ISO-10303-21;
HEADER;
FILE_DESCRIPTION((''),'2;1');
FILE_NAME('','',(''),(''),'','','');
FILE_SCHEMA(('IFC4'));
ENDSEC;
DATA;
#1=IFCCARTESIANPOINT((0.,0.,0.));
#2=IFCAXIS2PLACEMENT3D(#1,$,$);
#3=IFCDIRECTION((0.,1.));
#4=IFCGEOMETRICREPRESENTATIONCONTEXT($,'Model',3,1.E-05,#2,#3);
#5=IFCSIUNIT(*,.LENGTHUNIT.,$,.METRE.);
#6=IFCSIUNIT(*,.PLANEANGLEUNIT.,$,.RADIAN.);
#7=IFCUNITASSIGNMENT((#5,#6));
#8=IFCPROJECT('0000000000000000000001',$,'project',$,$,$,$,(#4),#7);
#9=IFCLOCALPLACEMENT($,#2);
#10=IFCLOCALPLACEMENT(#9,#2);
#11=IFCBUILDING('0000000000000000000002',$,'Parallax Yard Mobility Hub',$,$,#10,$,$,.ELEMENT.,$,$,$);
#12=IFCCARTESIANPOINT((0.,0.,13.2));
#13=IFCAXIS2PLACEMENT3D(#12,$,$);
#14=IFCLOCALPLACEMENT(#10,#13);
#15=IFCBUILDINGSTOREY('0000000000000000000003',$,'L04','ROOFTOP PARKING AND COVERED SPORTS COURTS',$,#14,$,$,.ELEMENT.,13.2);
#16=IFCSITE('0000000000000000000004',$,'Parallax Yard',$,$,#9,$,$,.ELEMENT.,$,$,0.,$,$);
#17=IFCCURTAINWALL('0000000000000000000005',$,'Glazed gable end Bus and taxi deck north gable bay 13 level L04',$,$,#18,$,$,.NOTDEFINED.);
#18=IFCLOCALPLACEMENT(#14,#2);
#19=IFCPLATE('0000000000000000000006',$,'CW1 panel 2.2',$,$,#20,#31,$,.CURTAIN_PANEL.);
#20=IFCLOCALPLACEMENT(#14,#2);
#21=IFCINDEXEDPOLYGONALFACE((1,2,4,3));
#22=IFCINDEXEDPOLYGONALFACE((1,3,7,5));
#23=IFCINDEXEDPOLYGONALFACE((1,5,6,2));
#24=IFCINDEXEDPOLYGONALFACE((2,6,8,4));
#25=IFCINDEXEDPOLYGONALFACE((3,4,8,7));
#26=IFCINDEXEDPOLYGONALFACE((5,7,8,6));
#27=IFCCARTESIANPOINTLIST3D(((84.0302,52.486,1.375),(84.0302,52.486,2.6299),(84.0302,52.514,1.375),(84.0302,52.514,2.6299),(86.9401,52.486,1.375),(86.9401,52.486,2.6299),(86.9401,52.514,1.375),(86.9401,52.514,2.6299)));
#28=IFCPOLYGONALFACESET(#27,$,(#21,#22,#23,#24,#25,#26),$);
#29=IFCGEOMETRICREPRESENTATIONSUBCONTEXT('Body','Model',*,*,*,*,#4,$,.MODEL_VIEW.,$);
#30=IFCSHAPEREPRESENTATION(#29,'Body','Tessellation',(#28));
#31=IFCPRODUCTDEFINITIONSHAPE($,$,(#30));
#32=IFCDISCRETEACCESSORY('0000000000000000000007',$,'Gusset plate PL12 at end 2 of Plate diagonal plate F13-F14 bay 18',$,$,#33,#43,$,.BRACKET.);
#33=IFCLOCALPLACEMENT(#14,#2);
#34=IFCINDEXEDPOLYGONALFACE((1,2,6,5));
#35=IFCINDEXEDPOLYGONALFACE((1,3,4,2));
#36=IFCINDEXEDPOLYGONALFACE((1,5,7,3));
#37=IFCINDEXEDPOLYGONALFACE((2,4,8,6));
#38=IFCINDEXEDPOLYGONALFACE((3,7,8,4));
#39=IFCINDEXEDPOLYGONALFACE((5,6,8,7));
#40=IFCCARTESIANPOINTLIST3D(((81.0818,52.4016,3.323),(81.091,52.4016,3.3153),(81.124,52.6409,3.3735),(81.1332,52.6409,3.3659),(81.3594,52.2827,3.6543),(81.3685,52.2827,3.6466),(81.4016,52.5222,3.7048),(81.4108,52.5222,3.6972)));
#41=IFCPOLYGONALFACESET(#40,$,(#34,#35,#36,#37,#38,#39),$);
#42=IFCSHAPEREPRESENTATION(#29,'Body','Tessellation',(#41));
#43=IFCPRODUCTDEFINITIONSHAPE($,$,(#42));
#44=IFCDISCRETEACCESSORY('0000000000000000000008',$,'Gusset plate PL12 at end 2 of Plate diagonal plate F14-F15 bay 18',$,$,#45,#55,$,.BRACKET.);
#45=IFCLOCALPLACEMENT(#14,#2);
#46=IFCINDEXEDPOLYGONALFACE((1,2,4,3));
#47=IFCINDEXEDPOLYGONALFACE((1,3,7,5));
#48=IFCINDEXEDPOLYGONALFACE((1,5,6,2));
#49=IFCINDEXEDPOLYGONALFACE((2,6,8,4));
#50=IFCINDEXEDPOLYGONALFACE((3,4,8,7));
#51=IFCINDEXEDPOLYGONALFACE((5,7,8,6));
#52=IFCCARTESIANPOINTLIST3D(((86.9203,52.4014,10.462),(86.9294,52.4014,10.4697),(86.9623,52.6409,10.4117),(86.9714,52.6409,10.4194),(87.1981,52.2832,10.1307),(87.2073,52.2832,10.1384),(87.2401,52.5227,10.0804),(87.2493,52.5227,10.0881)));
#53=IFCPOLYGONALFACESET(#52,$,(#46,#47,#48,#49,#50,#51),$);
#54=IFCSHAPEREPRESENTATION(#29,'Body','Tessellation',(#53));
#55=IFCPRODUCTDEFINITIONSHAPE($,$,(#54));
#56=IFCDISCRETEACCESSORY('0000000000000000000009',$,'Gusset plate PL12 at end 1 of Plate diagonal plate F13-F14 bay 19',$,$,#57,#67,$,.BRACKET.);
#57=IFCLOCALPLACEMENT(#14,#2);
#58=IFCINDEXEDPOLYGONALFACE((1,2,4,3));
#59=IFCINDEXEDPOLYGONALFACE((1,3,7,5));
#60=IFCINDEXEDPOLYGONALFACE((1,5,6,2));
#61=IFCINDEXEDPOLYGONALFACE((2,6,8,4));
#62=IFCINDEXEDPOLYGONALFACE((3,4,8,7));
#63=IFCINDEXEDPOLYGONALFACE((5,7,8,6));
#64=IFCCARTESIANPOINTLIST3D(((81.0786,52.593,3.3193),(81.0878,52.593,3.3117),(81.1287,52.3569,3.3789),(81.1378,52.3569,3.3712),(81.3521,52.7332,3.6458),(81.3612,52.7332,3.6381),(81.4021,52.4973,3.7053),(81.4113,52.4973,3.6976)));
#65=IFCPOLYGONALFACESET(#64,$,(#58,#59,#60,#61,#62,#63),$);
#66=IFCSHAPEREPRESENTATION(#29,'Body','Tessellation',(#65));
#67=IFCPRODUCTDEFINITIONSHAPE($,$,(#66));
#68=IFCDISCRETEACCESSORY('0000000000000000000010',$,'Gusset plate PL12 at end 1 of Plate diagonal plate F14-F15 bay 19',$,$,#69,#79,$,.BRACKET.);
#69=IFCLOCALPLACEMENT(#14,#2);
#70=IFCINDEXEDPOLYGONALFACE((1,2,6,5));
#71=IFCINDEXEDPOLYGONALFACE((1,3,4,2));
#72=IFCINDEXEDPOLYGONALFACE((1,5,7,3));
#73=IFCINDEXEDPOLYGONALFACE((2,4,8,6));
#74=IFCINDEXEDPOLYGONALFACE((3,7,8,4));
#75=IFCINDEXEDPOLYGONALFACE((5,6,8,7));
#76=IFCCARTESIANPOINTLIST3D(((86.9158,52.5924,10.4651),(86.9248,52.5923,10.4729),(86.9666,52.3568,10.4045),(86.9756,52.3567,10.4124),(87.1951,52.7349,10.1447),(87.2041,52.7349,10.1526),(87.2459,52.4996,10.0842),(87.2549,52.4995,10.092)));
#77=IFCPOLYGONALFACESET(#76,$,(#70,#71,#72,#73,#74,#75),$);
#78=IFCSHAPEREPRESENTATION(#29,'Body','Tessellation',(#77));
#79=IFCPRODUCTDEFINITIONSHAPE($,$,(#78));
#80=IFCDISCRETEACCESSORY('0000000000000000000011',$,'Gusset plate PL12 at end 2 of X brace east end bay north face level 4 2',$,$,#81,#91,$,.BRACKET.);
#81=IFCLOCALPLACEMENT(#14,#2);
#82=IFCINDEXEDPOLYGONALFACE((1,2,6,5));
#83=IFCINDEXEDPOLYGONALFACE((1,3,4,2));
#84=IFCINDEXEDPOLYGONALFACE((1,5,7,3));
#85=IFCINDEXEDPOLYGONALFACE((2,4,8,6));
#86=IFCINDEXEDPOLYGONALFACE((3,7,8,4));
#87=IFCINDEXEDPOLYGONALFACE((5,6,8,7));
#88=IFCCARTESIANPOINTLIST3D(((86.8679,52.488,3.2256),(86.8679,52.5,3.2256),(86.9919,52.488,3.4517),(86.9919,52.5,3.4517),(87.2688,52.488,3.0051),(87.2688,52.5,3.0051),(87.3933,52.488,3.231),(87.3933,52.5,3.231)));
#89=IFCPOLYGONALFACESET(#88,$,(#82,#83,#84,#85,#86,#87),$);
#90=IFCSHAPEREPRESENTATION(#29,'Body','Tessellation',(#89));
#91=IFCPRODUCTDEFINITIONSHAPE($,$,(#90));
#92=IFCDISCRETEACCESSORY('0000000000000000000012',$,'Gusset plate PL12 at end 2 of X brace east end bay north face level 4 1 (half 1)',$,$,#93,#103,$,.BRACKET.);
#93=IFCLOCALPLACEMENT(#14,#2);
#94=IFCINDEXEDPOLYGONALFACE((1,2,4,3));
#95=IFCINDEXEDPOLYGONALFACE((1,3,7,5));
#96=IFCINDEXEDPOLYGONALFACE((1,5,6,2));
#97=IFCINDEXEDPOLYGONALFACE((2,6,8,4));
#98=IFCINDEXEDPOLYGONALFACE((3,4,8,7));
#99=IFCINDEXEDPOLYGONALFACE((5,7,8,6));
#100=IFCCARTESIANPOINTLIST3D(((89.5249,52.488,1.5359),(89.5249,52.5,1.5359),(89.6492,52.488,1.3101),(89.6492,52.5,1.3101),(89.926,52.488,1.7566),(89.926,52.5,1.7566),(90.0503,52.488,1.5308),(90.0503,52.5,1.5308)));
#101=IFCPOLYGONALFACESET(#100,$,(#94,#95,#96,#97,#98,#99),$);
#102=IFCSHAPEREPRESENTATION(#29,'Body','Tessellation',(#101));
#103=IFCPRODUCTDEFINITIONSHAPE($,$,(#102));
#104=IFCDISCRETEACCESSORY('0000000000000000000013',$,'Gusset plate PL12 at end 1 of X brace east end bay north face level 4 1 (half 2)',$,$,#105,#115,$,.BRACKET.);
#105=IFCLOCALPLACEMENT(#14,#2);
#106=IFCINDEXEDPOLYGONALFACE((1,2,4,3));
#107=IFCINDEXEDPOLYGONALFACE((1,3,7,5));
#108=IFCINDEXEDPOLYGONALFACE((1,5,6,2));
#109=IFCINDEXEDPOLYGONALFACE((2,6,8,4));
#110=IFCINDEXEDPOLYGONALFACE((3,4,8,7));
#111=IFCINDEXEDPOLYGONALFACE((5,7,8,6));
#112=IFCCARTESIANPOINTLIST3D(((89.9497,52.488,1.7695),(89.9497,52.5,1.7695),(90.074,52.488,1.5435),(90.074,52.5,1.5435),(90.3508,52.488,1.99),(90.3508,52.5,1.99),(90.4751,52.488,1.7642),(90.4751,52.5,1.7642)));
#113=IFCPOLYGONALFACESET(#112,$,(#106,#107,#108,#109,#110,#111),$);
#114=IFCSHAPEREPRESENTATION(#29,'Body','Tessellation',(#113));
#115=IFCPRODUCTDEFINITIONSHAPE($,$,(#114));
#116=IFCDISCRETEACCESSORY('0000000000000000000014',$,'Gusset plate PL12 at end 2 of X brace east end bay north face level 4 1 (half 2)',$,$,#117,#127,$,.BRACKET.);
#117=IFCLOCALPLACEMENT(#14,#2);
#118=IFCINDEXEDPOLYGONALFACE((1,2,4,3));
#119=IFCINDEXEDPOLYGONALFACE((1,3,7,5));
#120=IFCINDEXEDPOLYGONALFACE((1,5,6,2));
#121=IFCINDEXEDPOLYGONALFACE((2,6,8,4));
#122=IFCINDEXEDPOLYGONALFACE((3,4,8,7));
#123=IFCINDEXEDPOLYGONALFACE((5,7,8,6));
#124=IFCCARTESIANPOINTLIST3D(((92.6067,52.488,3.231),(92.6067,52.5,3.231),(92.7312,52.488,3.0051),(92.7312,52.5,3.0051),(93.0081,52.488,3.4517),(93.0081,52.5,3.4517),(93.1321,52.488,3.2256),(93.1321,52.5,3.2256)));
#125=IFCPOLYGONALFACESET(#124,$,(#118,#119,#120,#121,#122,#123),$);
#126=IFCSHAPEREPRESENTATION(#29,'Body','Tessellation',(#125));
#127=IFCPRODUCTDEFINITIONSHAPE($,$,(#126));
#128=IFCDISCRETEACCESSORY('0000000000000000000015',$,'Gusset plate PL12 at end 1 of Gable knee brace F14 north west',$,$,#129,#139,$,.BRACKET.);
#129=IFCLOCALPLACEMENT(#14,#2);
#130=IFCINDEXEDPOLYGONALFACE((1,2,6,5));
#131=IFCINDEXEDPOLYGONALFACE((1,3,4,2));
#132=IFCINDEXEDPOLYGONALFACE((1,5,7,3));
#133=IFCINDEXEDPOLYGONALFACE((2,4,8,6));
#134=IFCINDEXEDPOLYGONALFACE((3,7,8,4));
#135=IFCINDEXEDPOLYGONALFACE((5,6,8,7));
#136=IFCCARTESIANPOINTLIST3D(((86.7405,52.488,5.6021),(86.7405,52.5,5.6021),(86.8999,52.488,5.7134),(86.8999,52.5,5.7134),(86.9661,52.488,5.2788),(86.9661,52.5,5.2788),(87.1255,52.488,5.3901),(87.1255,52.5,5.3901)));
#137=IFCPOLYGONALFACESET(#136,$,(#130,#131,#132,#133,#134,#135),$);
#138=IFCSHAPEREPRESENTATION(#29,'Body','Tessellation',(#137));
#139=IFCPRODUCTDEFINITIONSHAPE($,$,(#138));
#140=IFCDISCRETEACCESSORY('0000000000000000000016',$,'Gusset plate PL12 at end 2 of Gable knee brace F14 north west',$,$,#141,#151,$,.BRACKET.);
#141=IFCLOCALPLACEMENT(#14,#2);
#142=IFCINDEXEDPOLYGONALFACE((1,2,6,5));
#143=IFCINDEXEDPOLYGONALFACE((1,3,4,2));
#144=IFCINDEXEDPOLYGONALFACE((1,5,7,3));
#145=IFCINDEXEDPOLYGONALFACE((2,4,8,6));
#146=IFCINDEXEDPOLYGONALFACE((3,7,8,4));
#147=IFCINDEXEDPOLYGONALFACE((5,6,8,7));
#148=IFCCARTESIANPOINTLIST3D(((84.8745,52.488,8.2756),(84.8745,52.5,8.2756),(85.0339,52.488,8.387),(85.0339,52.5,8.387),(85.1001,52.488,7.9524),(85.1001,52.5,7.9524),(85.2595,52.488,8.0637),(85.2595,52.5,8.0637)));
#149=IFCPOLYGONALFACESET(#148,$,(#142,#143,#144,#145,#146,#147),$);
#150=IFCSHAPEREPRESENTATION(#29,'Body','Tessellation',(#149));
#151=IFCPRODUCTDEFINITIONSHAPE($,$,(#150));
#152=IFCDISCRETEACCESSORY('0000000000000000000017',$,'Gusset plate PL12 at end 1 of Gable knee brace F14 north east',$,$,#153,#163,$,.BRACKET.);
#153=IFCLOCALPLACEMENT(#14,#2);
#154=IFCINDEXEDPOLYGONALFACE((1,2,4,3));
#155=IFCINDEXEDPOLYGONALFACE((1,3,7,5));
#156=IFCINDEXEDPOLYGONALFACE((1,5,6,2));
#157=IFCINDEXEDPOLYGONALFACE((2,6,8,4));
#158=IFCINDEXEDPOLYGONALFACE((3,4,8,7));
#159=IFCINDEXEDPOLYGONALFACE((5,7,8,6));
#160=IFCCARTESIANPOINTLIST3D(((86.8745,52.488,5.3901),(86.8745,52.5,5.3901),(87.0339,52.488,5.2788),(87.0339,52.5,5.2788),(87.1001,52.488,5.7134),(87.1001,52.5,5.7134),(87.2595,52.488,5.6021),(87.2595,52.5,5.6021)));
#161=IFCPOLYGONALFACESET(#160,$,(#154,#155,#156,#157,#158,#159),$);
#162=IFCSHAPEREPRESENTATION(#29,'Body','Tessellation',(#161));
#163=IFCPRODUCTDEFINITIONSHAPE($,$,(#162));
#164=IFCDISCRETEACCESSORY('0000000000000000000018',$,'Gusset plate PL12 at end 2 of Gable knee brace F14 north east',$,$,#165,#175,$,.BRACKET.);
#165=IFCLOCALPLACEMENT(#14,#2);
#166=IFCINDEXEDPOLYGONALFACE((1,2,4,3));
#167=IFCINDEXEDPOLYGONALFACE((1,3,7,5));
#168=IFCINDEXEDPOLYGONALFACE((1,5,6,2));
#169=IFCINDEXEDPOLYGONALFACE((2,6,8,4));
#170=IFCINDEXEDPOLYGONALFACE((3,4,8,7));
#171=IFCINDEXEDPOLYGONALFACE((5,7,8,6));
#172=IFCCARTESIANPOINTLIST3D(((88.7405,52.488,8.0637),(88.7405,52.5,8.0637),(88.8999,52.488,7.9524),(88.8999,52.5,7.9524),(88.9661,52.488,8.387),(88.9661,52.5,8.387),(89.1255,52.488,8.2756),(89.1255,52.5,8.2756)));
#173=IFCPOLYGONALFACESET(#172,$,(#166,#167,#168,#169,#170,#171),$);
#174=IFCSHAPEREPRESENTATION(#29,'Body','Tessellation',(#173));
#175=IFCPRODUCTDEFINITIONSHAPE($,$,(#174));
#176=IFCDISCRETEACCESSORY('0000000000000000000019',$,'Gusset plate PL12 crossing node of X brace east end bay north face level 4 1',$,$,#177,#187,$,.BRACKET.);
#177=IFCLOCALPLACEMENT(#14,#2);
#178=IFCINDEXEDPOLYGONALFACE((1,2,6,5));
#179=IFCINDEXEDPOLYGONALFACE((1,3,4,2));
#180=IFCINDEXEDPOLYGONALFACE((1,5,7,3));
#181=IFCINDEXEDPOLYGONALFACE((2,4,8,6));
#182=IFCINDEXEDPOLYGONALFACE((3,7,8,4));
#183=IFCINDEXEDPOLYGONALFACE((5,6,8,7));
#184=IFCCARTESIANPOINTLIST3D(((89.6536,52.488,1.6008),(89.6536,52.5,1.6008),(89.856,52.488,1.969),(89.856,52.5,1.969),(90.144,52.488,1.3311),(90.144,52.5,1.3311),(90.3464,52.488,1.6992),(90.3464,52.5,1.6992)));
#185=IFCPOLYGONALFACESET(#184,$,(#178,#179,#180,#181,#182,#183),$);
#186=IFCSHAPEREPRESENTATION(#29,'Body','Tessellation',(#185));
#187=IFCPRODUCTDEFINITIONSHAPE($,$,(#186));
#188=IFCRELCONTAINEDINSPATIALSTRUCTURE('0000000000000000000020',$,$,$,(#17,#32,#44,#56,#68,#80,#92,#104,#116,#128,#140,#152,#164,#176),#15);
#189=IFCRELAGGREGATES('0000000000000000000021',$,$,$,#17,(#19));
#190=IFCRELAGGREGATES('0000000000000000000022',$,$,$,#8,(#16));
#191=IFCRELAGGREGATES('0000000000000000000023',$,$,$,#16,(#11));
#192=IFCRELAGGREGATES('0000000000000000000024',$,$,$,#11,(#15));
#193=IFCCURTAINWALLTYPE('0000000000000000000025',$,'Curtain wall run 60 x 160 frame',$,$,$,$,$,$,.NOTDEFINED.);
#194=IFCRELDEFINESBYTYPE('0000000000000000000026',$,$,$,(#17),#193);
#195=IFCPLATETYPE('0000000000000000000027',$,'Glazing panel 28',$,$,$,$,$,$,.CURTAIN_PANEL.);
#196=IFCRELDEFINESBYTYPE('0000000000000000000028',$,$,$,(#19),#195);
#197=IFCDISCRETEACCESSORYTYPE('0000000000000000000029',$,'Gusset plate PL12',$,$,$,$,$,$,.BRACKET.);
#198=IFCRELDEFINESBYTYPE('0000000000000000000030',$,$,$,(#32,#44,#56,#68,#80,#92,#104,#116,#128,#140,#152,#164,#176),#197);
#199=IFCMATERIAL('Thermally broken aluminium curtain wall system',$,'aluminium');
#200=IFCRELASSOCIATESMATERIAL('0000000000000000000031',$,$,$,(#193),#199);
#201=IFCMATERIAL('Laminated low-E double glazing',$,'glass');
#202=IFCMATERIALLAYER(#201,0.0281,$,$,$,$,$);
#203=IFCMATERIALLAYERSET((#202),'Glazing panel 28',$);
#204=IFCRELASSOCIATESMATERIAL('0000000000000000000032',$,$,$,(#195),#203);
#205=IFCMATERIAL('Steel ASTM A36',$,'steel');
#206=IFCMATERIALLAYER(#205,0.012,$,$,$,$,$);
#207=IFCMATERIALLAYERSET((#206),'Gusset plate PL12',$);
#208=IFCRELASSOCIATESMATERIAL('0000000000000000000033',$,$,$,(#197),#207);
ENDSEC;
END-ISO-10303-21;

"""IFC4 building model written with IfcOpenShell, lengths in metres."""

from ifc_helpers import new_model, si_unit, direction, frame, origin, origin_2d, place, context, subcontext, project, spatial, polyline, rectangle, outline, extrude, material, layer, layer_set, type_object, element, aggregate, save


model = new_model("IFC4")

# Units and contexts
model_context = context("Model", 3, precision=1e-05, world=origin(), true_north=direction((0.0, 1.0)))
body_context = subcontext(model_context, "Body", "Model", "MODEL_VIEW")
ifc_project = project(units=[si_unit("LENGTHUNIT", "METRE"), si_unit("PLANEANGLEUNIT", "RADIAN")], contexts=[model_context])

# Site, building, storey
site_placement = place(None, origin())
site = spatial("IfcSite", under=ifc_project, at=site_placement, Name="Parallax Yard", CompositionType="ELEMENT", RefElevation=0.0)
building_placement = place(site_placement, origin())
building = spatial("IfcBuilding", under=site, at=building_placement, Name="Parallax Yard Mobility Hub", CompositionType="ELEMENT")
storey_placement = place(building_placement, frame((0.0, 0.0, 13.2)))
storey = spatial("IfcBuildingStorey", under=building, at=storey_placement, Name="L04", Description="ROOFTOP PARKING AND COVERED SPORTS COURTS", CompositionType="ELEMENT", Elevation=13.2)

# Curtain wall
ifc_material_1 = material(Name="Thermally broken aluminium curtain wall system", Category="aluminium")
curtain_wall_type = type_object("IfcCurtainWallType", Name="Curtain wall run 60 x 160 frame", PredefinedType="NOTDEFINED", material=ifc_material_1)
curtain_wall_placement = place(storey_placement, origin())
curtain_wall = element("IfcCurtainWall", 1, at=curtain_wall_placement, inside=storey, type_object=curtain_wall_type, Name="Glazed gable end Bus and taxi deck north gable bay 13 level L04", PredefinedType="NOTDEFINED")

# Plate
ifc_material_2 = material(Name="Laminated low-E double glazing", Category="glass")
ifc_layer_1 = layer(ifc_material_2, 0.0281)
ifc_layer_set_1 = layer_set([ifc_layer_1], Name="Glazing panel 28")
plate_type = type_object("IfcPlateType", Name="Glazing panel 28", PredefinedType="CURTAIN_PANEL", material=ifc_layer_set_1)
plate_1_placement = place(storey_placement, frame((85.4851, 52.5, 1.375), z_axis=(0.0, 0.0, 1.0), x_axis=(1.0, 0.0, 0.0)))
plate_1 = element("IfcPlate", 2, at=plate_1_placement, type_object=plate_type, Name="CW1 panel 2.2", PredefinedType="CURTAIN_PANEL", context=body_context, shape_type="SweptSolid", body=[
    extrude(rectangle(XDim=2.9099, YDim=0.0281, at=origin_2d()), origin(), (0.0, 0.0, 1.0), 1.2549),
])
aggregate(curtain_wall, [plate_1])

# Discrete accessories
ifc_material_3 = material(Name="Steel ASTM A36", Category="steel")
ifc_layer_2 = layer(ifc_material_3, 0.012)
ifc_layer_set_2 = layer_set([ifc_layer_2], Name="Gusset plate PL12")
discrete_accessory_type = type_object("IfcDiscreteAccessoryType", Name="Gusset plate PL12", PredefinedType="BRACKET", material=ifc_layer_set_2)
discrete_accessory_1_placement = place(storey_placement, frame((81.4016, 52.5222, 3.7048), z_axis=(-0.766562, -0.00032, 0.64217), x_axis=(-0.619325, 0.264725, -0.73916)))
element("IfcDiscreteAccessory", 3, at=discrete_accessory_1_placement, inside=storey, type_object=discrete_accessory_type, Name="Gusset plate PL12 at end 2 of Plate diagonal plate F13-F14 bay 18", PredefinedType="BRACKET", context=body_context, shape_type="SweptSolid", body=[
    extrude(outline(polyline([(0.0, 0.0), (0.4482, 0.0), (0.4484, 0.2482), (0.0001, 0.2484), (0.0, 0.0)])), origin(), (0.0, 0.0, -1.0), 0.012),
])
discrete_accessory_2_placement = place(storey_placement, frame((87.2493, 52.5227, 10.0881), z_axis=(0.766324, 0.000548, 0.642455), x_axis=(-0.619839, 0.263622, 0.739123)))
element("IfcDiscreteAccessory", 4, at=discrete_accessory_2_placement, inside=storey, type_object=discrete_accessory_type, Name="Gusset plate PL12 at end 2 of Plate diagonal plate F14-F15 bay 18", PredefinedType="BRACKET", context=body_context, shape_type="SweptSolid", body=[
    extrude(outline(polyline([(0.0, 0.0), (0.4482, 0.0), (0.4483, 0.2483), (0.0001, 0.2483), (0.0, 0.0)])), origin(), (0.0, 0.0, -1.0), 0.012),
])
discrete_accessory_3_placement = place(storey_placement, frame((81.3521, 52.7332, 3.6458), z_axis=(-0.766483, -0.000431, 0.642265), x_axis=(-0.609972, -0.312611, -0.728154)))
element("IfcDiscreteAccessory", 5, at=discrete_accessory_3_placement, inside=storey, type_object=discrete_accessory_type, Name="Gusset plate PL12 at end 1 of Plate diagonal plate F13-F14 bay 19", PredefinedType="BRACKET", context=body_context, shape_type="SweptSolid", body=[
    extrude(outline(polyline([(0.0, 0.0), (0.4483, 0.0), (0.4482, 0.2486), (-0.0002, 0.2483), (0.0, 0.0)])), origin(), (0.0, 0.0, -1.0), 0.012),
])
discrete_accessory_4_placement = place(storey_placement, frame((87.2041, 52.7349, 10.1526), z_axis=(0.754978, -0.00579, 0.655725), x_axis=(-0.62307, -0.318071, 0.714573)))
element("IfcDiscreteAccessory", 6, at=discrete_accessory_4_placement, inside=storey, type_object=discrete_accessory_type, Name="Gusset plate PL12 at end 1 of Plate diagonal plate F14-F15 bay 19", PredefinedType="BRACKET", context=body_context, shape_type="SweptSolid", body=[
    extrude(outline(polyline([(0.0, 0.0), (0.4483, 0.0), (0.4483, 0.2485), (0.0, 0.2483), (0.0, 0.0)])), origin(), (0.0, 0.0, -1.0), 0.012),
])
discrete_accessory_5_placement = place(storey_placement, frame((87.2688, 52.5, 3.0051), z_axis=(0.0, 1.0, 0.0), x_axis=(-0.876238, 0.0, 0.481878)))
element("IfcDiscreteAccessory", 7, at=discrete_accessory_5_placement, inside=storey, type_object=discrete_accessory_type, Name="Gusset plate PL12 at end 2 of X brace east end bay north face level 4 2", PredefinedType="BRACKET", context=body_context, shape_type="SweptSolid", body=[
    extrude(outline(polyline([(0.0, 0.0), (0.4575, 0.0), (0.4578, 0.2579), (-0.0003, 0.2579), (0.0, 0.0)])), origin(), (0.0, 0.0, -1.0), 0.012),
])
discrete_accessory_6_placement = place(storey_placement, frame((89.5249, 52.5, 1.5359), z_axis=(0.0, 1.0, 0.0), x_axis=(0.876137, 0.0, 0.482062)))
element("IfcDiscreteAccessory", 8, at=discrete_accessory_6_placement, inside=storey, type_object=discrete_accessory_type, Name="Gusset plate PL12 at end 2 of X brace east end bay north face level 4 1 (half 1)", PredefinedType="BRACKET", context=body_context, shape_type="SweptSolid", body=[
    extrude(outline(polyline([(0.0, 0.0), (0.4578, 0.0), (0.4578, 0.2578), (0.0, 0.2578), (0.0, 0.0)])), origin(), (0.0, 0.0, -1.0), 0.012),
])
discrete_accessory_7_placement = place(storey_placement, frame((90.4751, 52.5, 1.7642), z_axis=(0.0, 1.0, 0.0), x_axis=(-0.876137, 0.0, -0.482062)))
element("IfcDiscreteAccessory", 9, at=discrete_accessory_7_placement, inside=storey, type_object=discrete_accessory_type, Name="Gusset plate PL12 at end 1 of X brace east end bay north face level 4 1 (half 2)", PredefinedType="BRACKET", context=body_context, shape_type="SweptSolid", body=[
    extrude(outline(polyline([(0.0, 0.0), (0.4578, 0.0), (0.4577, 0.258), (0.0, 0.2578), (0.0, 0.0)])), origin(), (0.0, 0.0, -1.0), 0.012),
])
discrete_accessory_8_placement = place(storey_placement, frame((92.6067, 52.5, 3.231), z_axis=(0.0, 1.0, 0.0), x_axis=(0.876261, 0.0, 0.481837)))
element("IfcDiscreteAccessory", 10, at=discrete_accessory_8_placement, inside=storey, type_object=discrete_accessory_type, Name="Gusset plate PL12 at end 2 of X brace east end bay north face level 4 1 (half 2)", PredefinedType="BRACKET", context=body_context, shape_type="SweptSolid", body=[
    extrude(outline(polyline([(0.0, 0.0), (0.458, 0.0), (0.4578, 0.2579), (0.0003, 0.2579), (0.0, 0.0)])), origin(), (0.0, 0.0, -1.0), 0.012),
])
for number, where, z_axis, x_axis, name in (
    (11, (86.8999, 52.5, 5.7134), (0.0, 1.0, 0.0), (0.572298, 0.0, -0.820046), "Gusset plate PL12 at end 1 of Gable knee brace F14 north west"),
    (12, (85.1001, 52.5, 7.9524), (0.0, 1.0, 0.0), (-0.572298, 0.0, 0.820046), "Gusset plate PL12 at end 2 of Gable knee brace F14 north west"),
):
    element("IfcDiscreteAccessory", number, at=place(storey_placement, frame(where, z_axis=z_axis, x_axis=x_axis)), inside=storey, type_object=discrete_accessory_type, Name=name, PredefinedType="BRACKET", context=body_context, shape_type="SweptSolid", body=[
        extrude(outline(polyline([(0.0, 0.0), (0.3942, 0.0), (0.3942, 0.1944), (0.0001, 0.1944), (0.0, 0.0)])), origin(), (0.0, 0.0, -1.0), 0.012),
    ])
for number, where, z_axis, x_axis, name in (
    (13, (87.2595, 52.5, 5.6021), (0.0, 1.0, 0.0), (-0.572298, 0.0, -0.820046), "Gusset plate PL12 at end 1 of Gable knee brace F14 north east"),
    (14, (88.7405, 52.5, 8.0637), (0.0, 1.0, 0.0), (0.572298, 0.0, 0.820046), "Gusset plate PL12 at end 2 of Gable knee brace F14 north east"),
):
    element("IfcDiscreteAccessory", number, at=place(storey_placement, frame(where, z_axis=z_axis, x_axis=x_axis)), inside=storey, type_object=discrete_accessory_type, Name=name, PredefinedType="BRACKET", context=body_context, shape_type="SweptSolid", body=[
        extrude(outline(polyline([(0.0, 0.0), (0.3942, 0.0), (0.3941, 0.1944), (-0.0001, 0.1944), (0.0, 0.0)])), origin(), (0.0, 0.0, -1.0), 0.012),
    ])
discrete_accessory_9_placement = place(storey_placement, frame((90.144, 52.5, 1.3311), z_axis=(0.0, 1.0, 0.0), x_axis=(-0.876207, 0.0, 0.481935)))
element("IfcDiscreteAccessory", 15, at=discrete_accessory_9_placement, inside=storey, type_object=discrete_accessory_type, Name="Gusset plate PL12 crossing node of X brace east end bay north face level 4 1", PredefinedType="BRACKET", context=body_context, shape_type="SweptSolid", body=[
    extrude(outline(polyline([(0.0, 0.0), (0.5598, 0.0), (0.5599, 0.4201), (0.0001, 0.4201), (0.0, 0.0)])), origin(), (0.0, 0.0, -1.0), 0.012),
])

save(model, "model.ifc")
